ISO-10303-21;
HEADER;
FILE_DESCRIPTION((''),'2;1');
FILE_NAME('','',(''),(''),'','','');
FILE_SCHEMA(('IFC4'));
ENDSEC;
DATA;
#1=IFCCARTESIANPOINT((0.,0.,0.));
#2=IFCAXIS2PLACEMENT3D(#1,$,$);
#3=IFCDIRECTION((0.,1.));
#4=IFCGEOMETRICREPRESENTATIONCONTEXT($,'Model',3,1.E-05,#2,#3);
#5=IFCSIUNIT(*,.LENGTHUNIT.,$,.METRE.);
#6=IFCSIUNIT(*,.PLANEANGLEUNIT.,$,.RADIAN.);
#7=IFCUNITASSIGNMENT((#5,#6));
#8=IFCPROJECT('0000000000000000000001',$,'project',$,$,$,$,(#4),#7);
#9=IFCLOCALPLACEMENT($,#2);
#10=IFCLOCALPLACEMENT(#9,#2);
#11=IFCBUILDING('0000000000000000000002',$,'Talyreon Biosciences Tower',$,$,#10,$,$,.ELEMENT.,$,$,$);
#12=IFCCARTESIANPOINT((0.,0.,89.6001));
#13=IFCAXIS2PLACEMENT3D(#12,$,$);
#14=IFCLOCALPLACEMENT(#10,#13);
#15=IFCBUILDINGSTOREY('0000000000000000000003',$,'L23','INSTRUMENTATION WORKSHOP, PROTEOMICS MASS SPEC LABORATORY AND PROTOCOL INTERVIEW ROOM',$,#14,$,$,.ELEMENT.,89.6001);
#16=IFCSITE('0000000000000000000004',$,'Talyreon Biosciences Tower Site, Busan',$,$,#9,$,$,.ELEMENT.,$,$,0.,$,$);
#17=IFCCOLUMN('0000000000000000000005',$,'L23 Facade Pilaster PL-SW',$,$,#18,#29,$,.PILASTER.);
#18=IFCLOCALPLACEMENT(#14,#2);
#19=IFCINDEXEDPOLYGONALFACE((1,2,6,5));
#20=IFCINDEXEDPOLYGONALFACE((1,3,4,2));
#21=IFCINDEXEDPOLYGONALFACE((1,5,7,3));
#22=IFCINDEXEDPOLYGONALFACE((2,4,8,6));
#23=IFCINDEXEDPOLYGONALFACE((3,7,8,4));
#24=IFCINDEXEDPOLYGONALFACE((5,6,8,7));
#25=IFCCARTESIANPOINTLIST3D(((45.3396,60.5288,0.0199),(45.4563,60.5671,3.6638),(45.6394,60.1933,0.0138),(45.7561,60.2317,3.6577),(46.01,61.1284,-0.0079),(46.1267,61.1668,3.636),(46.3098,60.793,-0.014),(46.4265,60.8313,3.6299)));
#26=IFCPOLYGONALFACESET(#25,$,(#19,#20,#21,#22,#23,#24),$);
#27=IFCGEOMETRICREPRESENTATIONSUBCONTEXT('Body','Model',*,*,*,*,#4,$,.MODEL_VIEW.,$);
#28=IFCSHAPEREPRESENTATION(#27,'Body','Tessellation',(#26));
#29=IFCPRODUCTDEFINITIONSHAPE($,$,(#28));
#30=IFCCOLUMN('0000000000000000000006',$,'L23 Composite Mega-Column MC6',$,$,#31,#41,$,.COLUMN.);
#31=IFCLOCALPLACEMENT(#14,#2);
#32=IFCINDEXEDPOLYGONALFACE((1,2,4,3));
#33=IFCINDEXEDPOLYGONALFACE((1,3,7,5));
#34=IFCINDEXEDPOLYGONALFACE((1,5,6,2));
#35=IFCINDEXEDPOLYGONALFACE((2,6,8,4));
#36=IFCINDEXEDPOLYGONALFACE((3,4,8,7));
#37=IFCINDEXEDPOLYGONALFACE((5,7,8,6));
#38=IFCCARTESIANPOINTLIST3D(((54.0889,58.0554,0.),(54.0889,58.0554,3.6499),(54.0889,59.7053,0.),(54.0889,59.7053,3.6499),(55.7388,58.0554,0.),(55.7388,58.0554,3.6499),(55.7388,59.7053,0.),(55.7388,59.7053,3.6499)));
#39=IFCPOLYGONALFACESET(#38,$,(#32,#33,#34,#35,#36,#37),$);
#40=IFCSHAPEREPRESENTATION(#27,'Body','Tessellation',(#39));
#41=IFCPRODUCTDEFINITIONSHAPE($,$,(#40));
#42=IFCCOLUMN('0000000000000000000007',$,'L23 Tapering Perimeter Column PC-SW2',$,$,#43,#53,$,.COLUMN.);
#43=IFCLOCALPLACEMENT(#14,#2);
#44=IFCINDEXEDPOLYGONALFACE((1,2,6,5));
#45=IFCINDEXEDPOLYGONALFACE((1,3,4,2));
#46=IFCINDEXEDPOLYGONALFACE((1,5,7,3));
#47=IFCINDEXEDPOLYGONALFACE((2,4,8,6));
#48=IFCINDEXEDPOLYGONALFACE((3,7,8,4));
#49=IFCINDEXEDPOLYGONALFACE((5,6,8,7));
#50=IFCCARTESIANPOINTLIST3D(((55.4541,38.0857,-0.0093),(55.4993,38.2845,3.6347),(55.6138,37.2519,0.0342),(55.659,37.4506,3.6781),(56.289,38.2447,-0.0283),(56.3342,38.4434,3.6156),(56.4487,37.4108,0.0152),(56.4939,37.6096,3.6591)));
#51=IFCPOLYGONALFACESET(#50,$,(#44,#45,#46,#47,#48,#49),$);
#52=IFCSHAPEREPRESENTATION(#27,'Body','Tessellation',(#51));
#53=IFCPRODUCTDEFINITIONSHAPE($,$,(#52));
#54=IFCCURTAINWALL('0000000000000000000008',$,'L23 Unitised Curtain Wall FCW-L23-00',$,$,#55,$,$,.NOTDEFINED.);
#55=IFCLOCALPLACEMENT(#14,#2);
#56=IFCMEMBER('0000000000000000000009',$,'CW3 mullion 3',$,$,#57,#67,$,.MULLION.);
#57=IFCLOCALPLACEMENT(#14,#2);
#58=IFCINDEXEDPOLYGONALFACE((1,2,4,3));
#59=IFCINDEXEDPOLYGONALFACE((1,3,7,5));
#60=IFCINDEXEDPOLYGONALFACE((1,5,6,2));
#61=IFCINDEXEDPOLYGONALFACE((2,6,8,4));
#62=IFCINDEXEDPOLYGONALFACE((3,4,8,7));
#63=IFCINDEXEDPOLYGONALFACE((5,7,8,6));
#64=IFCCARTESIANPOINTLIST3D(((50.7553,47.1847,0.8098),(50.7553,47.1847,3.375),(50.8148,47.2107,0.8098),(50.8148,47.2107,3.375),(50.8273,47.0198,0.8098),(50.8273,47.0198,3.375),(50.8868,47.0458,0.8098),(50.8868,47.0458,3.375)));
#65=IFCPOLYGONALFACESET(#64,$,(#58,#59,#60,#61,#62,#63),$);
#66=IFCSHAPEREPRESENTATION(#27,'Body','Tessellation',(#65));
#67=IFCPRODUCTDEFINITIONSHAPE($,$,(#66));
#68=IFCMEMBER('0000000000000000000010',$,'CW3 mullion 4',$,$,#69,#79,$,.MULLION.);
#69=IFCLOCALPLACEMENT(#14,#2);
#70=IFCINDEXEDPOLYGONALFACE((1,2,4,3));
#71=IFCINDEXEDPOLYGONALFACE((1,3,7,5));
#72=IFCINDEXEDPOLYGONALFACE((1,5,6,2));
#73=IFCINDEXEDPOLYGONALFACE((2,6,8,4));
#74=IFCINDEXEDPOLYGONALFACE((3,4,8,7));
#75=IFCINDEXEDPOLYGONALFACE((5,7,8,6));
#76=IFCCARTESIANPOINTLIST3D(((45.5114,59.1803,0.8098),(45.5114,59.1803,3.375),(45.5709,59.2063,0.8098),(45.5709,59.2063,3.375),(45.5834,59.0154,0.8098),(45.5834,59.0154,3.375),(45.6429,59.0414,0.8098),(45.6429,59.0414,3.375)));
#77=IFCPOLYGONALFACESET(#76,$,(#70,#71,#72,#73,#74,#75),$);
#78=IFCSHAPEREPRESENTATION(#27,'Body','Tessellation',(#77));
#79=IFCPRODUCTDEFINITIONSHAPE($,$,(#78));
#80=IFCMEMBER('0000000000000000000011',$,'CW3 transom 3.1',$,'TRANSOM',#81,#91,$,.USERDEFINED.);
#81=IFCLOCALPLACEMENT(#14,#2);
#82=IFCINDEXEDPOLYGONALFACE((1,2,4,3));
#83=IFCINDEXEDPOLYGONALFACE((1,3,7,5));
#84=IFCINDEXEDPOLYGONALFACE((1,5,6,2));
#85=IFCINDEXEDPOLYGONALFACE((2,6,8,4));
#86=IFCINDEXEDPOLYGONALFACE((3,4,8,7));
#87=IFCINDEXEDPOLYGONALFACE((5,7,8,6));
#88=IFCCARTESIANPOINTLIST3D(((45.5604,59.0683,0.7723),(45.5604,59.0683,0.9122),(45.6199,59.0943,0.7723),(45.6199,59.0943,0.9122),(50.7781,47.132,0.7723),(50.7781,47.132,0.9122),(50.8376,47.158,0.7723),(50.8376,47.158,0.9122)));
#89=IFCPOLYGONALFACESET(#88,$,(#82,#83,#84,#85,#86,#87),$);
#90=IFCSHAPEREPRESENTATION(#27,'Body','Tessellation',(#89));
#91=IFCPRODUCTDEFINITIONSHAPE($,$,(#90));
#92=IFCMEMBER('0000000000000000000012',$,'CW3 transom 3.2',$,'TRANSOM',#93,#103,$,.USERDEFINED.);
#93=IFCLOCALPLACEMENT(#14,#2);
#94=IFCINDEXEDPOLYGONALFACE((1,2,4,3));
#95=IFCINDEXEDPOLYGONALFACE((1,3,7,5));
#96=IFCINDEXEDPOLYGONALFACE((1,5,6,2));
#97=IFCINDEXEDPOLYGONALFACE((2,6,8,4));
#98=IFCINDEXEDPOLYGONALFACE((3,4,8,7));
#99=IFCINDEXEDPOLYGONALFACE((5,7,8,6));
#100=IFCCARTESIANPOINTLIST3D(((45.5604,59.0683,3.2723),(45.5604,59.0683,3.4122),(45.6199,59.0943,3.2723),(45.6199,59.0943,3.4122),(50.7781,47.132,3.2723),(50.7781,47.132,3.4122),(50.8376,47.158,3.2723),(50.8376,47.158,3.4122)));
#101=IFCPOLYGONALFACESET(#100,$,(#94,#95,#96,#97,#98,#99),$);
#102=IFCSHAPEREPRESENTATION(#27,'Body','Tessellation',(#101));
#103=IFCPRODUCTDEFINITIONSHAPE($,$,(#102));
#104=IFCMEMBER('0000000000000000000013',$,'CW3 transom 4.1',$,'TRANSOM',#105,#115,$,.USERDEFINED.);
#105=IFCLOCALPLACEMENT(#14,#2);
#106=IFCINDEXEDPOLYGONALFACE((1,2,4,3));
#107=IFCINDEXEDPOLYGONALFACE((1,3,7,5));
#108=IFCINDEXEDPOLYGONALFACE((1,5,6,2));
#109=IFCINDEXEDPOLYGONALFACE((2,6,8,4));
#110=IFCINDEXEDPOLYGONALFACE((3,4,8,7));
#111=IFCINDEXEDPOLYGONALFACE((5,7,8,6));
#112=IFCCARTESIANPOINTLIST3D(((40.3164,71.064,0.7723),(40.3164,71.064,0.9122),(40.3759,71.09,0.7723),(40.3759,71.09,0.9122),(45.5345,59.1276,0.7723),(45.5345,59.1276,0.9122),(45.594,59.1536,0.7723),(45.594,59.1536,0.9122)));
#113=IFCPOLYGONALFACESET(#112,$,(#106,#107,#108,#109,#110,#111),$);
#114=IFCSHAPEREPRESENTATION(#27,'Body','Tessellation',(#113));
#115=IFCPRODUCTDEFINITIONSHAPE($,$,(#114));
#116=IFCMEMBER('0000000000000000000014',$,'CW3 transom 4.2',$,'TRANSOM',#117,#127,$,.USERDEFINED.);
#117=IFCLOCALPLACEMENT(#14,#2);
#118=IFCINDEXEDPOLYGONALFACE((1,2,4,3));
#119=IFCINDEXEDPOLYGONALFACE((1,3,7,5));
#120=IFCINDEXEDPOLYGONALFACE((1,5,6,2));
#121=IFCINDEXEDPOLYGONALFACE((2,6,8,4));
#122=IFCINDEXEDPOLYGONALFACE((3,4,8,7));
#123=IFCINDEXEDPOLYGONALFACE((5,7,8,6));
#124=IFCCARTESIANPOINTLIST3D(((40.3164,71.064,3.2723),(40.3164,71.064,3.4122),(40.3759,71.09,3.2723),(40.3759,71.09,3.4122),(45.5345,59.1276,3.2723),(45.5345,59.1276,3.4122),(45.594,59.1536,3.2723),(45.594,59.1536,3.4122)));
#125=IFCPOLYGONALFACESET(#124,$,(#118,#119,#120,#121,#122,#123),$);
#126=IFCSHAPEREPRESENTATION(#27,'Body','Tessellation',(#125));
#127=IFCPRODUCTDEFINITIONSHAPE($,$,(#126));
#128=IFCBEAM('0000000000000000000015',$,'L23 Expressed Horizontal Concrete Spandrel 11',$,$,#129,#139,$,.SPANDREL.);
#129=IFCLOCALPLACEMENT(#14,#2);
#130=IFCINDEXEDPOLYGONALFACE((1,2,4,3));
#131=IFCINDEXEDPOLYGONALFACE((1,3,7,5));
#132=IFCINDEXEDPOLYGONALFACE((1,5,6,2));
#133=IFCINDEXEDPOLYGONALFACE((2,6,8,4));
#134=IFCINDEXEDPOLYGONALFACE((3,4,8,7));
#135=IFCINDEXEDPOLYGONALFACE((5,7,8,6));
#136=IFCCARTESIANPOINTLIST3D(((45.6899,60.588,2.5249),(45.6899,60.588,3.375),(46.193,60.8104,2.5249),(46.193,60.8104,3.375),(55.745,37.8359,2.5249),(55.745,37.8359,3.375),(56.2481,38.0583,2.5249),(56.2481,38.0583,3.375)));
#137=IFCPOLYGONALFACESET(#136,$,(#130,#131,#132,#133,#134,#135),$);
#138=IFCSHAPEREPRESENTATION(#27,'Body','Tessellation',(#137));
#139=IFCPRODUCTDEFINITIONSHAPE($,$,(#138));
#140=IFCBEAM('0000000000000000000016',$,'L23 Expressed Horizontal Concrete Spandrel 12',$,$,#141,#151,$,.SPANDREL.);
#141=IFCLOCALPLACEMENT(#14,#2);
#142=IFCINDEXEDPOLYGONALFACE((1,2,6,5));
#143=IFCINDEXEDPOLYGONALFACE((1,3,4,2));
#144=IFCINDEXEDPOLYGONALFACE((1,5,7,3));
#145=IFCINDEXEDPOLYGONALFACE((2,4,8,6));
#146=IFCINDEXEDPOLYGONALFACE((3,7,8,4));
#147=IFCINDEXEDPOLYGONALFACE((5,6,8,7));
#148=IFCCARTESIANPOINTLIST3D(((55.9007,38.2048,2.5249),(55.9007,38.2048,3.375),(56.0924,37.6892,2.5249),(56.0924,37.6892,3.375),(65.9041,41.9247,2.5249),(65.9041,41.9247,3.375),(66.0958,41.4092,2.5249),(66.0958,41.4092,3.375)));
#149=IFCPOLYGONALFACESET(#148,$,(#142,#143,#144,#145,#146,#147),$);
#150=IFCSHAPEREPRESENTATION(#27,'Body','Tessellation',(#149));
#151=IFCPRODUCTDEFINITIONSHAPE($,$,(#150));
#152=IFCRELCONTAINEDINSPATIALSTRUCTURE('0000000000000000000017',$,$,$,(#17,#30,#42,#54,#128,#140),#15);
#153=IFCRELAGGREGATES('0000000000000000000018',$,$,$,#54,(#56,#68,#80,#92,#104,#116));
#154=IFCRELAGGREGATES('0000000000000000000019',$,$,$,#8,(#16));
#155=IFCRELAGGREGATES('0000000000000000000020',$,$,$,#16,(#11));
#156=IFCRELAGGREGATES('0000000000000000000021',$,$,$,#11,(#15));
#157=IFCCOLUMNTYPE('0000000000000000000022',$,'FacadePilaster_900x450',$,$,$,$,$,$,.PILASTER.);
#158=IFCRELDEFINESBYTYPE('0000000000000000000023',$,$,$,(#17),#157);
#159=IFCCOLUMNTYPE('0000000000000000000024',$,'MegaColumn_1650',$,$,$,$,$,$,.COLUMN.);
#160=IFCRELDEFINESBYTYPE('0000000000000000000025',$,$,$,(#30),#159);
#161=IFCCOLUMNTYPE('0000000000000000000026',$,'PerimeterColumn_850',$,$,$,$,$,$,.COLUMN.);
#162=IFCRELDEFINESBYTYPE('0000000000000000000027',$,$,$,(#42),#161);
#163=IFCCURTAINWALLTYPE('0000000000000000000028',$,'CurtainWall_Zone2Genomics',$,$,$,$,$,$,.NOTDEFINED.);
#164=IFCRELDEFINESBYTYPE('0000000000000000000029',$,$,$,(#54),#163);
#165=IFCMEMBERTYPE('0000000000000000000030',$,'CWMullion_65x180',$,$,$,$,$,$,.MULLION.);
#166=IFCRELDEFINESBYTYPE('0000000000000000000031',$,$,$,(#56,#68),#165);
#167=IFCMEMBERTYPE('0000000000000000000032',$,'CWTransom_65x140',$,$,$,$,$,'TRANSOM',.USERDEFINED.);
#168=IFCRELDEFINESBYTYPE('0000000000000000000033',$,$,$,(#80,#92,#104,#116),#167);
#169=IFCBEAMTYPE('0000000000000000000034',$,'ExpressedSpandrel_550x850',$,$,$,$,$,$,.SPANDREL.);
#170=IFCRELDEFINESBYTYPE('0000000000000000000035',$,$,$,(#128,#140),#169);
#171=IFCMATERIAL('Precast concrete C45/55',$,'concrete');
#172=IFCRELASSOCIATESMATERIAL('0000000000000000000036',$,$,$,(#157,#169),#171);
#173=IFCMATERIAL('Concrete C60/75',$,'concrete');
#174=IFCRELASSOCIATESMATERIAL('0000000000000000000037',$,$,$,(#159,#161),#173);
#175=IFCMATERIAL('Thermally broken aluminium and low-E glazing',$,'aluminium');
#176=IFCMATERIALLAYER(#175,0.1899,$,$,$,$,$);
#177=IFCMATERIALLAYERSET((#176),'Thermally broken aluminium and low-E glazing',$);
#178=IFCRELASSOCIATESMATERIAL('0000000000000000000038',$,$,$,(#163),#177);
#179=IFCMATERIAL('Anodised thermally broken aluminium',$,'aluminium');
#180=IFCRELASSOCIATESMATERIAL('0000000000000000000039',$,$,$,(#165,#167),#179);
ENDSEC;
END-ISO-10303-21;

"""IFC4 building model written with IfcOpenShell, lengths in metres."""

from ifc_helpers import new_model, si_unit, direction, frame, origin, origin_2d, place, context, subcontext, project, spatial, rectangle, extrude, material, layer, layer_set, material_profile, profile_set, type_object, element, aggregate, save


model = new_model("IFC4")

# Units and contexts
model_context = context("Model", 3, precision=1e-05, world=origin(), true_north=direction((0.0, 1.0)))
body_context = subcontext(model_context, "Body", "Model", "MODEL_VIEW")
ifc_project = project(units=[si_unit("LENGTHUNIT", "METRE"), si_unit("PLANEANGLEUNIT", "RADIAN")], contexts=[model_context])

# Site, building, storey
site_placement = place(None, origin())
site = spatial("IfcSite", under=ifc_project, at=site_placement, Name="Talyreon Biosciences Tower Site, Busan", CompositionType="ELEMENT", RefElevation=0.0)
building_placement = place(site_placement, origin())
building = spatial("IfcBuilding", under=site, at=building_placement, Name="Talyreon Biosciences Tower", CompositionType="ELEMENT")
storey_placement = place(building_placement, frame((0.0, 0.0, 89.6001)))
storey = spatial("IfcBuildingStorey", under=building, at=storey_placement, Name="L23", Description="INSTRUMENTATION WORKSHOP, PROTEOMICS MASS SPEC LABORATORY AND PROTOCOL INTERVIEW ROOM", CompositionType="ELEMENT", Elevation=89.6001)

# Columns
ifc_material_1 = material(Name="Precast concrete C45/55", Category="concrete")
ifc_material_profile_1 = material_profile(ifc_material_1, rectangle(XDim=0.8999, YDim=0.45, at=origin_2d()), Name="RC 900x450")
ifc_profile_set_1 = profile_set([ifc_material_profile_1], Name="Precast concrete C45/55")
column_type_1 = type_object("IfcColumnType", Name="FacadePilaster_900x450", PredefinedType="PILASTER", material=ifc_profile_set_1)
column_1_placement = place(storey_placement, frame((45.8247, 60.6609, 0.0029), z_axis=(0.032006, 0.010513, 0.999432), x_axis=(0.745007, 0.666342, -0.030868)))
element("IfcColumn", 1, at=column_1_placement, inside=storey, type_object=column_type_1, Name="L23 Facade Pilaster PL-SW", PredefinedType="PILASTER", context=body_context, shape_type="SweptSolid", body=[
    extrude(rectangle(XDim=0.8999, YDim=0.45, at=origin_2d()), origin(), (0.0, 0.0, 1.0), 3.646),
])
ifc_material_2 = material(Name="Concrete C60/75", Category="concrete")
ifc_material_profile_2 = material_profile(ifc_material_2, rectangle(XDim=1.6499, YDim=1.6499, at=origin_2d()), Name="RC 1650x1650")
ifc_profile_set_2 = profile_set([ifc_material_profile_2], Name="Concrete C60/75")
column_type_2 = type_object("IfcColumnType", Name="MegaColumn_1650", PredefinedType="COLUMN", material=ifc_profile_set_2)
column_2_placement = place(storey_placement, frame((54.9138, 58.8804, 0.0), z_axis=(0.0, 0.0, 1.0), x_axis=(1.0, 0.0, 0.0)))
element("IfcColumn", 2, at=column_2_placement, inside=storey, type_object=column_type_2, Name="L23 Composite Mega-Column MC6", PredefinedType="COLUMN", context=body_context, shape_type="SweptSolid", body=[
    extrude(rectangle(XDim=1.6499, YDim=1.6499, at=origin_2d()), origin(), (0.0, 0.0, 1.0), 3.6499),
])
ifc_material_profile_3 = material_profile(ifc_material_2, rectangle(XDim=0.8501, YDim=0.8501, at=origin_2d()), Name="RC 850x850")
ifc_profile_set_3 = profile_set([ifc_material_profile_3], Name="Concrete C60/75")
column_type_3 = type_object("IfcColumnType", Name="PerimeterColumn_850", PredefinedType="COLUMN", material=ifc_profile_set_3)
column_3_placement = place(storey_placement, frame((55.9514, 37.7483, 0.0029), z_axis=(0.012375, 0.054451, 0.99844), x_axis=(-0.187882, 0.980858, -0.051163)))
element("IfcColumn", 3, at=column_3_placement, inside=storey, type_object=column_type_3, Name="L23 Tapering Perimeter Column PC-SW2", PredefinedType="COLUMN", context=body_context, shape_type="SweptSolid", body=[
    extrude(rectangle(XDim=0.8501, YDim=0.8501, at=origin_2d()), origin(), (0.0, 0.0, 1.0), 3.6497),
])

# Curtain wall, members
ifc_material_3 = material(Name="Thermally broken aluminium and low-E glazing", Category="aluminium")
ifc_layer_1 = layer(ifc_material_3, 0.1899)
ifc_layer_set_1 = layer_set([ifc_layer_1], Name="Thermally broken aluminium and low-E glazing")
curtain_wall_type = type_object("IfcCurtainWallType", Name="CurtainWall_Zone2Genomics", PredefinedType="NOTDEFINED", material=ifc_layer_set_1)
curtain_wall_placement = place(storey_placement, origin())
curtain_wall = element("IfcCurtainWall", 4, at=curtain_wall_placement, inside=storey, type_object=curtain_wall_type, Name="L23 Unitised Curtain Wall FCW-L23-00", PredefinedType="NOTDEFINED")
ifc_material_4 = material(Name="Anodised thermally broken aluminium", Category="aluminium")
ifc_material_profile_4 = material_profile(ifc_material_4, rectangle(XDim=0.0649, YDim=0.1799, at=origin_2d()), Name="ALUM MULLION 65x180")
ifc_profile_set_4 = profile_set([ifc_material_profile_4], Name="Anodised thermally broken aluminium")
member_type_1 = type_object("IfcMemberType", Name="CWMullion_65x180", PredefinedType="MULLION", material=ifc_profile_set_4)
member_1_placement = place(storey_placement, frame((50.821, 47.1152, 0.8098), z_axis=(0.0, 0.0, 1.0), x_axis=(-0.916278, -0.400542, 0.0)))
member_1 = element("IfcMember", 5, at=member_1_placement, type_object=member_type_1, Name="CW3 mullion 3", PredefinedType="MULLION", context=body_context, shape_type="SweptSolid", body=[
    extrude(rectangle(XDim=0.0649, YDim=0.1799, at=origin_2d()), origin(), (0.0, 0.0, 1.0), 2.5652),
])
member_2_placement = place(storey_placement, frame((45.5771, 59.1108, 0.8098), z_axis=(0.0, 0.0, 1.0), x_axis=(-0.916278, -0.400542, 0.0)))
member_2 = element("IfcMember", 6, at=member_2_placement, type_object=member_type_1, Name="CW3 mullion 4", PredefinedType="MULLION", context=body_context, shape_type="SweptSolid", body=[
    extrude(rectangle(XDim=0.0649, YDim=0.1799, at=origin_2d()), origin(), (0.0, 0.0, 1.0), 2.5652),
])
ifc_material_profile_5 = material_profile(ifc_material_4, rectangle(XDim=0.0649, YDim=0.1399, at=origin_2d()), Name="ALUM TRANSOM 65x140")
ifc_profile_set_5 = profile_set([ifc_material_profile_5], Name="Anodised thermally broken aluminium")
member_type_2 = type_object("IfcMemberType", Name="CWTransom_65x140", ElementType="TRANSOM", PredefinedType="USERDEFINED", material=ifc_profile_set_5)
member_3_placement = place(storey_placement, frame((50.8079, 47.145, 0.8423), z_axis=(-0.400539, 0.91628, 0.0), x_axis=(-0.91628, -0.400539, 0.0)))
member_3 = element("IfcMember", 7, at=member_3_placement, type_object=member_type_2, Name="CW3 transom 3.1", ObjectType="TRANSOM", PredefinedType="USERDEFINED", context=body_context, shape_type="SweptSolid", body=[
    extrude(rectangle(XDim=0.0649, YDim=0.1399, at=origin_2d()), origin(), (0.0, 0.0, 1.0), 13.0269),
])
member_4_placement = place(storey_placement, frame((50.8079, 47.145, 3.3423), z_axis=(-0.400539, 0.91628, 0.0), x_axis=(-0.91628, -0.400539, 0.0)))
member_4 = element("IfcMember", 8, at=member_4_placement, type_object=member_type_2, Name="CW3 transom 3.2", ObjectType="TRANSOM", PredefinedType="USERDEFINED", context=body_context, shape_type="SweptSolid", body=[
    extrude(rectangle(XDim=0.0649, YDim=0.1399, at=origin_2d()), origin(), (0.0, 0.0, 1.0), 13.0269),
])
member_5_placement = place(storey_placement, frame((45.5642, 59.1406, 0.8423), z_axis=(-0.400554, 0.916273, 0.0), x_axis=(-0.916273, -0.400554, 0.0)))
member_5 = element("IfcMember", 9, at=member_5_placement, type_object=member_type_2, Name="CW3 transom 4.1", ObjectType="TRANSOM", PredefinedType="USERDEFINED", context=body_context, shape_type="SweptSolid", body=[
    extrude(rectangle(XDim=0.0649, YDim=0.1399, at=origin_2d()), origin(), (0.0, 0.0, 1.0), 13.0271),
])
member_6_placement = place(storey_placement, frame((45.5642, 59.1406, 3.3423), z_axis=(-0.400554, 0.916273, 0.0), x_axis=(-0.916273, -0.400554, 0.0)))
member_6 = element("IfcMember", 10, at=member_6_placement, type_object=member_type_2, Name="CW3 transom 4.2", ObjectType="TRANSOM", PredefinedType="USERDEFINED", context=body_context, shape_type="SweptSolid", body=[
    extrude(rectangle(XDim=0.0649, YDim=0.1399, at=origin_2d()), origin(), (0.0, 0.0, 1.0), 13.0271),
])

# Beams
ifc_material_profile_6 = material_profile(ifc_material_1, rectangle(XDim=0.55, YDim=0.8501, at=origin_2d()), Name="RCB 550x850")
ifc_profile_set_6 = profile_set([ifc_material_profile_6], Name="Precast concrete C45/55")
beam_type_1 = type_object("IfcBeamType", Name="ExpressedSpandrel_550x850", PredefinedType="SPANDREL", material=ifc_profile_set_6)
beam_1_placement = place(storey_placement, frame((45.9414, 60.6992, 2.95), z_axis=(0.404227, -0.914659, 0.0), x_axis=(0.914659, 0.404227, 0.0)))
element("IfcBeam", 11, at=beam_1_placement, inside=storey, type_object=beam_type_1, Name="L23 Expressed Horizontal Concrete Spandrel 11", PredefinedType="SPANDREL", context=body_context, shape_type="SweptSolid", body=[
    extrude(rectangle(XDim=0.55, YDim=0.8501, at=origin_2d()), origin(), (0.0, 0.0, 1.0), 24.875),
])
beam_2_placement = place(storey_placement, frame((55.9966, 37.947, 2.95), z_axis=(0.93729, 0.34855, 0.0), x_axis=(-0.34855, 0.93729, 0.0)))
element("IfcBeam", 12, at=beam_2_placement, inside=storey, type_object=beam_type_1, Name="L23 Expressed Horizontal Concrete Spandrel 12", PredefinedType="SPANDREL", context=body_context, shape_type="SweptSolid", body=[
    extrude(rectangle(XDim=0.55, YDim=0.8501, at=origin_2d()), origin(), (0.0, 0.0, 1.0), 10.6726),
])

aggregate(curtain_wall, [member_1, member_2, member_3, member_4, member_5, member_6])

save(model, "model.ifc")
